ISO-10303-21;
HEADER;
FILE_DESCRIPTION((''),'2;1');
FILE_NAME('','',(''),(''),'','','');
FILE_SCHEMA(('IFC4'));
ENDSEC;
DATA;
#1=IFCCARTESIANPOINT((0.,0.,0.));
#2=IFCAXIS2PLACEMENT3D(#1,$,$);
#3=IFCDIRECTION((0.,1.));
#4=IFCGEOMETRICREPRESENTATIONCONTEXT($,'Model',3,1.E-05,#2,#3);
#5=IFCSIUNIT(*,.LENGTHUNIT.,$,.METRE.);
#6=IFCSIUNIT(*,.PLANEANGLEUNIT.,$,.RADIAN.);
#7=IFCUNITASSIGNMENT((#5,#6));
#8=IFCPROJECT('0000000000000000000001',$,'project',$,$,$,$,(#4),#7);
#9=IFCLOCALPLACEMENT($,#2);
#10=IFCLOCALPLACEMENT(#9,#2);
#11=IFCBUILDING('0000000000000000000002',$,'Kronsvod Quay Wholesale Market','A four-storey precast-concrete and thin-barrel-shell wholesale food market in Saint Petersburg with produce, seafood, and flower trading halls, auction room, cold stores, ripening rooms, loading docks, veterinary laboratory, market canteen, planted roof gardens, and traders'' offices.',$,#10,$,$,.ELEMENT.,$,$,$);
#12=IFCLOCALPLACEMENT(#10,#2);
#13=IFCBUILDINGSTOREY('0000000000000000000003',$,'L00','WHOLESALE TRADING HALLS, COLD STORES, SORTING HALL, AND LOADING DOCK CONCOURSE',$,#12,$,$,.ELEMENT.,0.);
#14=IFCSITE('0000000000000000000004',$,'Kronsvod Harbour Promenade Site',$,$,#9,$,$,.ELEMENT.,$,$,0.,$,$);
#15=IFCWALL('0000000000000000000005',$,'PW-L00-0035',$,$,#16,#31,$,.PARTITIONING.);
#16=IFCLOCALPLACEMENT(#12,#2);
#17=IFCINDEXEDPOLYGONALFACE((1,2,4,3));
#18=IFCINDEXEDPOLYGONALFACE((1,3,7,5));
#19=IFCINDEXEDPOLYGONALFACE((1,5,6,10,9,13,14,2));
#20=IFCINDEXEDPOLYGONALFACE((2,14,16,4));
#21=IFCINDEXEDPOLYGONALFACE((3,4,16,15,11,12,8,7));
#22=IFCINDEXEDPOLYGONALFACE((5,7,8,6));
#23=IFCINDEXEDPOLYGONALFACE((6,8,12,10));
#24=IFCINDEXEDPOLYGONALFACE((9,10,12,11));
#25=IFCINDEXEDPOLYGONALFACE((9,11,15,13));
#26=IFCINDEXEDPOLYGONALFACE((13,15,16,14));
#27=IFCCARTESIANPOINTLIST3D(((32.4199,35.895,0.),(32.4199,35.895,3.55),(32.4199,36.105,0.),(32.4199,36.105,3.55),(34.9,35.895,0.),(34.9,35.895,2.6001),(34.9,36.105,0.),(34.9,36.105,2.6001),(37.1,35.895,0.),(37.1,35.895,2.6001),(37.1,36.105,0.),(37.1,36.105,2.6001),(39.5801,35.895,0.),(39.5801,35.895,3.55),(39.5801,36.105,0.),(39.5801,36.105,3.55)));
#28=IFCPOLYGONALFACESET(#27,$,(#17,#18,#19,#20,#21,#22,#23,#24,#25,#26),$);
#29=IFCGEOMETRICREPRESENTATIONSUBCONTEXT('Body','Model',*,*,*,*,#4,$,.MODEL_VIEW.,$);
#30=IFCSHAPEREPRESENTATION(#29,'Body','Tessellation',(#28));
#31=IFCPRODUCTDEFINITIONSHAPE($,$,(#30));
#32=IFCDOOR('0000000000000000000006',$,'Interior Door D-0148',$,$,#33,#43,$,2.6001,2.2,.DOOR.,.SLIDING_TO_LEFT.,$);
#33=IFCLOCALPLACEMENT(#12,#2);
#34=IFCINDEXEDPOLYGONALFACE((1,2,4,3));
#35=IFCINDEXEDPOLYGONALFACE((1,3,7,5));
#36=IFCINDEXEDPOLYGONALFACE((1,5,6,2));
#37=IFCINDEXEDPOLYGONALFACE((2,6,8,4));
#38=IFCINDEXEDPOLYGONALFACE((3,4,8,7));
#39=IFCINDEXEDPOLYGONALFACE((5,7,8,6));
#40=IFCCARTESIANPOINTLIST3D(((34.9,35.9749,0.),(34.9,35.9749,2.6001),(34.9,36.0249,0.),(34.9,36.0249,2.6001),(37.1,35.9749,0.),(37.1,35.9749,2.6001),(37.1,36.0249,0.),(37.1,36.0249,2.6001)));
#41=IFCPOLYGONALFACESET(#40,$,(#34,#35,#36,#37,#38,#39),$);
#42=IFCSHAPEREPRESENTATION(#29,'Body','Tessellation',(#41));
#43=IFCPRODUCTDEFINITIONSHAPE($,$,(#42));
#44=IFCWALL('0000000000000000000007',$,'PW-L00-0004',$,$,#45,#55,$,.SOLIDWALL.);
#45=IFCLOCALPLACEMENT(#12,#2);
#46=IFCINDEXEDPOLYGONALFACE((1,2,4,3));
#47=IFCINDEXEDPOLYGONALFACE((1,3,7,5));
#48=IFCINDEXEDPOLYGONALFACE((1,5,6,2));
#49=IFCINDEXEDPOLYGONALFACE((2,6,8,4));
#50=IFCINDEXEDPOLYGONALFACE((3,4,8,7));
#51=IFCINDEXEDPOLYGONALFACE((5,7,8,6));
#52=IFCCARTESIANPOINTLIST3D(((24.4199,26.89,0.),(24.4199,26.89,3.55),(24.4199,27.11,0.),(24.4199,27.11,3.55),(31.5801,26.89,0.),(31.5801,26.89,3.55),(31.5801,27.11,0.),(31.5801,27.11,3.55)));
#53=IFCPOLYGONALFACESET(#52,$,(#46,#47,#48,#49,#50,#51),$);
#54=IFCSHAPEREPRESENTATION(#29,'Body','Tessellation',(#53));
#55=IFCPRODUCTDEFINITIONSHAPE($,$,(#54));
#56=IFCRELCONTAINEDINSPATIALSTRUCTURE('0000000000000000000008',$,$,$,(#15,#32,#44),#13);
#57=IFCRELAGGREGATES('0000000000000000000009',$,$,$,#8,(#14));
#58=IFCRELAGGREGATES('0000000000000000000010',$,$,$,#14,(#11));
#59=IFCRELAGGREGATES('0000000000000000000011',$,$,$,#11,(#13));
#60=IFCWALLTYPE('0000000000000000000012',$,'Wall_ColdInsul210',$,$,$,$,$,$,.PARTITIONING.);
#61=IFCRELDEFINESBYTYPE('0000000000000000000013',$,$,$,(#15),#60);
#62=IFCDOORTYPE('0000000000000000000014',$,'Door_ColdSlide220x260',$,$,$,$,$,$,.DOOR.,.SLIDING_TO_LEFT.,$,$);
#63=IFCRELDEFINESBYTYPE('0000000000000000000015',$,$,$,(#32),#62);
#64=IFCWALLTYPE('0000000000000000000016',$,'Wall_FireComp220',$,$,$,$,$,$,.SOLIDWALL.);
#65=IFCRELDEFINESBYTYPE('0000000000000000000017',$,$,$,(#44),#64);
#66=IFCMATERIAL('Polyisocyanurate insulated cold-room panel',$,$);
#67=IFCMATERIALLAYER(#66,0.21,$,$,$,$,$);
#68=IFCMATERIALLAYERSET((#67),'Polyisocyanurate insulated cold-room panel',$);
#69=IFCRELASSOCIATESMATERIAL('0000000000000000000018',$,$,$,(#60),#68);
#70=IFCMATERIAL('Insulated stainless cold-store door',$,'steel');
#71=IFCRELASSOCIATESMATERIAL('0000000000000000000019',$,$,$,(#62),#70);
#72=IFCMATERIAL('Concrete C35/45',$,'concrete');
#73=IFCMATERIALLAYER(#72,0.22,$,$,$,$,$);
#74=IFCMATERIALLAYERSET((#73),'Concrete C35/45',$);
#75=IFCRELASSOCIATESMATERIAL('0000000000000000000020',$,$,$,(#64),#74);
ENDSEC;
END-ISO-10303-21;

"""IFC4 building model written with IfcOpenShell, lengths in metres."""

from ifc_helpers import new_model, si_unit, direction, frame, frame_2d, origin, place, context, subcontext, project, spatial, rectangle, extrude, material, layer, layer_set, type_object, element, fill, save


model = new_model("IFC4")

# Units and contexts
model_context = context("Model", 3, precision=1e-05, world=origin(), true_north=direction((0.0, 1.0)))
body_context = subcontext(model_context, "Body", "Model", "MODEL_VIEW")
ifc_project = project(units=[si_unit("LENGTHUNIT", "METRE"), si_unit("PLANEANGLEUNIT", "RADIAN")], contexts=[model_context])

# Site, building, storey
site_placement = place(None, origin())
site = spatial("IfcSite", under=ifc_project, at=site_placement, Name="Kronsvod Harbour Promenade Site", CompositionType="ELEMENT", RefElevation=0.0)
building_placement = place(site_placement, origin())
building = spatial("IfcBuilding", under=site, at=building_placement, Name="Kronsvod Quay Wholesale Market", Description="A four-storey precast-concrete and thin-barrel-shell wholesale food market in Saint Petersburg with produce, seafood, and flower trading halls, auction room, cold stores, ripening rooms, loading docks, veterinary laboratory, market canteen, planted roof gardens, and traders' offices.", CompositionType="ELEMENT")
storey_placement = place(building_placement, origin())
storey = spatial("IfcBuildingStorey", under=building, at=storey_placement, Name="L00", Description="WHOLESALE TRADING HALLS, COLD STORES, SORTING HALL, AND LOADING DOCK CONCOURSE", CompositionType="ELEMENT", Elevation=0.0)

# Wall, opening, door
ifc_material_1 = material(Name="Polyisocyanurate insulated cold-room panel")
ifc_layer_1 = layer(ifc_material_1, 0.21)
ifc_layer_set_1 = layer_set([ifc_layer_1], Name="Polyisocyanurate insulated cold-room panel")
wall_type_1 = type_object("IfcWallType", Name="Wall_ColdInsul210", PredefinedType="PARTITIONING", material=ifc_layer_set_1)
ifc_material_2 = material(Name="Insulated stainless cold-store door", Category="steel")
door_type_1 = type_object("IfcDoorType", Name="Door_ColdSlide220x260", OperationType="SLIDING_TO_LEFT", PredefinedType="DOOR", material=ifc_material_2)
wall_1_placement = place(storey_placement, frame((32.4199, 36.0, 0.0), z_axis=(0.0, 0.0, 1.0), x_axis=(1.0, 0.0, 0.0)))
wall_1 = element("IfcWall", 1, at=wall_1_placement, inside=storey, type_object=wall_type_1, Name="PW-L00-0035", PredefinedType="PARTITIONING", context=body_context, shape_type="SweptSolid", body=[
    extrude(rectangle(XDim=7.1602, YDim=0.21, at=frame_2d((3.5801, 0.0))), origin(), (0.0, 0.0, 1.0), 3.55),
])
opening_1_placement = place(wall_1_placement, frame((2.48, 0.0, 0.0)))
opening_1 = element("IfcOpeningElement", 2, at=opening_1_placement, cuts=wall_1, PredefinedType="OPENING", context=body_context, shape_type="SweptSolid", body=[
    extrude(rectangle(XDim=2.2, YDim=2.6001, at=frame_2d((1.1001, 1.3))), frame((0.0, 0.115, 0.0), z_axis=(0.0, -1.0, 0.0), x_axis=(1.0, 0.0, 0.0)), (0.0, 0.0, 1.0), 0.23),
])
door_1_placement = place(opening_1_placement, origin())
door_1 = element("IfcDoor", 3, at=door_1_placement, inside=storey, type_object=door_type_1, Name="Interior Door D-0148", OperationType="SLIDING_TO_LEFT", OverallHeight=2.6001, OverallWidth=2.2, PredefinedType="DOOR", context=body_context, shape_type="SweptSolid", body=[
    extrude(rectangle(XDim=2.2, YDim=2.6001, at=frame_2d((1.1001, 1.3))), frame((0.0, 0.0249, 0.0), z_axis=(0.0, -1.0, 0.0), x_axis=(1.0, 0.0, 0.0)), (0.0, 0.0, 1.0), 0.05),
])
fill(opening_1, door_1)

# Wall
ifc_material_3 = material(Name="Concrete C35/45", Category="concrete")
ifc_layer_2 = layer(ifc_material_3, 0.22)
ifc_layer_set_2 = layer_set([ifc_layer_2], Name="Concrete C35/45")
wall_type_2 = type_object("IfcWallType", Name="Wall_FireComp220", PredefinedType="SOLIDWALL", material=ifc_layer_set_2)
wall_2_placement = place(storey_placement, frame((24.4199, 27.0, 0.0), z_axis=(0.0, 0.0, 1.0), x_axis=(1.0, 0.0, 0.0)))
element("IfcWall", 4, at=wall_2_placement, inside=storey, type_object=wall_type_2, Name="PW-L00-0004", PredefinedType="SOLIDWALL", context=body_context, shape_type="SweptSolid", body=[
    extrude(rectangle(XDim=7.1602, YDim=0.22, at=frame_2d((3.5801, 0.0))), origin(), (0.0, 0.0, 1.0), 3.55),
])

save(model, "model.ifc")
